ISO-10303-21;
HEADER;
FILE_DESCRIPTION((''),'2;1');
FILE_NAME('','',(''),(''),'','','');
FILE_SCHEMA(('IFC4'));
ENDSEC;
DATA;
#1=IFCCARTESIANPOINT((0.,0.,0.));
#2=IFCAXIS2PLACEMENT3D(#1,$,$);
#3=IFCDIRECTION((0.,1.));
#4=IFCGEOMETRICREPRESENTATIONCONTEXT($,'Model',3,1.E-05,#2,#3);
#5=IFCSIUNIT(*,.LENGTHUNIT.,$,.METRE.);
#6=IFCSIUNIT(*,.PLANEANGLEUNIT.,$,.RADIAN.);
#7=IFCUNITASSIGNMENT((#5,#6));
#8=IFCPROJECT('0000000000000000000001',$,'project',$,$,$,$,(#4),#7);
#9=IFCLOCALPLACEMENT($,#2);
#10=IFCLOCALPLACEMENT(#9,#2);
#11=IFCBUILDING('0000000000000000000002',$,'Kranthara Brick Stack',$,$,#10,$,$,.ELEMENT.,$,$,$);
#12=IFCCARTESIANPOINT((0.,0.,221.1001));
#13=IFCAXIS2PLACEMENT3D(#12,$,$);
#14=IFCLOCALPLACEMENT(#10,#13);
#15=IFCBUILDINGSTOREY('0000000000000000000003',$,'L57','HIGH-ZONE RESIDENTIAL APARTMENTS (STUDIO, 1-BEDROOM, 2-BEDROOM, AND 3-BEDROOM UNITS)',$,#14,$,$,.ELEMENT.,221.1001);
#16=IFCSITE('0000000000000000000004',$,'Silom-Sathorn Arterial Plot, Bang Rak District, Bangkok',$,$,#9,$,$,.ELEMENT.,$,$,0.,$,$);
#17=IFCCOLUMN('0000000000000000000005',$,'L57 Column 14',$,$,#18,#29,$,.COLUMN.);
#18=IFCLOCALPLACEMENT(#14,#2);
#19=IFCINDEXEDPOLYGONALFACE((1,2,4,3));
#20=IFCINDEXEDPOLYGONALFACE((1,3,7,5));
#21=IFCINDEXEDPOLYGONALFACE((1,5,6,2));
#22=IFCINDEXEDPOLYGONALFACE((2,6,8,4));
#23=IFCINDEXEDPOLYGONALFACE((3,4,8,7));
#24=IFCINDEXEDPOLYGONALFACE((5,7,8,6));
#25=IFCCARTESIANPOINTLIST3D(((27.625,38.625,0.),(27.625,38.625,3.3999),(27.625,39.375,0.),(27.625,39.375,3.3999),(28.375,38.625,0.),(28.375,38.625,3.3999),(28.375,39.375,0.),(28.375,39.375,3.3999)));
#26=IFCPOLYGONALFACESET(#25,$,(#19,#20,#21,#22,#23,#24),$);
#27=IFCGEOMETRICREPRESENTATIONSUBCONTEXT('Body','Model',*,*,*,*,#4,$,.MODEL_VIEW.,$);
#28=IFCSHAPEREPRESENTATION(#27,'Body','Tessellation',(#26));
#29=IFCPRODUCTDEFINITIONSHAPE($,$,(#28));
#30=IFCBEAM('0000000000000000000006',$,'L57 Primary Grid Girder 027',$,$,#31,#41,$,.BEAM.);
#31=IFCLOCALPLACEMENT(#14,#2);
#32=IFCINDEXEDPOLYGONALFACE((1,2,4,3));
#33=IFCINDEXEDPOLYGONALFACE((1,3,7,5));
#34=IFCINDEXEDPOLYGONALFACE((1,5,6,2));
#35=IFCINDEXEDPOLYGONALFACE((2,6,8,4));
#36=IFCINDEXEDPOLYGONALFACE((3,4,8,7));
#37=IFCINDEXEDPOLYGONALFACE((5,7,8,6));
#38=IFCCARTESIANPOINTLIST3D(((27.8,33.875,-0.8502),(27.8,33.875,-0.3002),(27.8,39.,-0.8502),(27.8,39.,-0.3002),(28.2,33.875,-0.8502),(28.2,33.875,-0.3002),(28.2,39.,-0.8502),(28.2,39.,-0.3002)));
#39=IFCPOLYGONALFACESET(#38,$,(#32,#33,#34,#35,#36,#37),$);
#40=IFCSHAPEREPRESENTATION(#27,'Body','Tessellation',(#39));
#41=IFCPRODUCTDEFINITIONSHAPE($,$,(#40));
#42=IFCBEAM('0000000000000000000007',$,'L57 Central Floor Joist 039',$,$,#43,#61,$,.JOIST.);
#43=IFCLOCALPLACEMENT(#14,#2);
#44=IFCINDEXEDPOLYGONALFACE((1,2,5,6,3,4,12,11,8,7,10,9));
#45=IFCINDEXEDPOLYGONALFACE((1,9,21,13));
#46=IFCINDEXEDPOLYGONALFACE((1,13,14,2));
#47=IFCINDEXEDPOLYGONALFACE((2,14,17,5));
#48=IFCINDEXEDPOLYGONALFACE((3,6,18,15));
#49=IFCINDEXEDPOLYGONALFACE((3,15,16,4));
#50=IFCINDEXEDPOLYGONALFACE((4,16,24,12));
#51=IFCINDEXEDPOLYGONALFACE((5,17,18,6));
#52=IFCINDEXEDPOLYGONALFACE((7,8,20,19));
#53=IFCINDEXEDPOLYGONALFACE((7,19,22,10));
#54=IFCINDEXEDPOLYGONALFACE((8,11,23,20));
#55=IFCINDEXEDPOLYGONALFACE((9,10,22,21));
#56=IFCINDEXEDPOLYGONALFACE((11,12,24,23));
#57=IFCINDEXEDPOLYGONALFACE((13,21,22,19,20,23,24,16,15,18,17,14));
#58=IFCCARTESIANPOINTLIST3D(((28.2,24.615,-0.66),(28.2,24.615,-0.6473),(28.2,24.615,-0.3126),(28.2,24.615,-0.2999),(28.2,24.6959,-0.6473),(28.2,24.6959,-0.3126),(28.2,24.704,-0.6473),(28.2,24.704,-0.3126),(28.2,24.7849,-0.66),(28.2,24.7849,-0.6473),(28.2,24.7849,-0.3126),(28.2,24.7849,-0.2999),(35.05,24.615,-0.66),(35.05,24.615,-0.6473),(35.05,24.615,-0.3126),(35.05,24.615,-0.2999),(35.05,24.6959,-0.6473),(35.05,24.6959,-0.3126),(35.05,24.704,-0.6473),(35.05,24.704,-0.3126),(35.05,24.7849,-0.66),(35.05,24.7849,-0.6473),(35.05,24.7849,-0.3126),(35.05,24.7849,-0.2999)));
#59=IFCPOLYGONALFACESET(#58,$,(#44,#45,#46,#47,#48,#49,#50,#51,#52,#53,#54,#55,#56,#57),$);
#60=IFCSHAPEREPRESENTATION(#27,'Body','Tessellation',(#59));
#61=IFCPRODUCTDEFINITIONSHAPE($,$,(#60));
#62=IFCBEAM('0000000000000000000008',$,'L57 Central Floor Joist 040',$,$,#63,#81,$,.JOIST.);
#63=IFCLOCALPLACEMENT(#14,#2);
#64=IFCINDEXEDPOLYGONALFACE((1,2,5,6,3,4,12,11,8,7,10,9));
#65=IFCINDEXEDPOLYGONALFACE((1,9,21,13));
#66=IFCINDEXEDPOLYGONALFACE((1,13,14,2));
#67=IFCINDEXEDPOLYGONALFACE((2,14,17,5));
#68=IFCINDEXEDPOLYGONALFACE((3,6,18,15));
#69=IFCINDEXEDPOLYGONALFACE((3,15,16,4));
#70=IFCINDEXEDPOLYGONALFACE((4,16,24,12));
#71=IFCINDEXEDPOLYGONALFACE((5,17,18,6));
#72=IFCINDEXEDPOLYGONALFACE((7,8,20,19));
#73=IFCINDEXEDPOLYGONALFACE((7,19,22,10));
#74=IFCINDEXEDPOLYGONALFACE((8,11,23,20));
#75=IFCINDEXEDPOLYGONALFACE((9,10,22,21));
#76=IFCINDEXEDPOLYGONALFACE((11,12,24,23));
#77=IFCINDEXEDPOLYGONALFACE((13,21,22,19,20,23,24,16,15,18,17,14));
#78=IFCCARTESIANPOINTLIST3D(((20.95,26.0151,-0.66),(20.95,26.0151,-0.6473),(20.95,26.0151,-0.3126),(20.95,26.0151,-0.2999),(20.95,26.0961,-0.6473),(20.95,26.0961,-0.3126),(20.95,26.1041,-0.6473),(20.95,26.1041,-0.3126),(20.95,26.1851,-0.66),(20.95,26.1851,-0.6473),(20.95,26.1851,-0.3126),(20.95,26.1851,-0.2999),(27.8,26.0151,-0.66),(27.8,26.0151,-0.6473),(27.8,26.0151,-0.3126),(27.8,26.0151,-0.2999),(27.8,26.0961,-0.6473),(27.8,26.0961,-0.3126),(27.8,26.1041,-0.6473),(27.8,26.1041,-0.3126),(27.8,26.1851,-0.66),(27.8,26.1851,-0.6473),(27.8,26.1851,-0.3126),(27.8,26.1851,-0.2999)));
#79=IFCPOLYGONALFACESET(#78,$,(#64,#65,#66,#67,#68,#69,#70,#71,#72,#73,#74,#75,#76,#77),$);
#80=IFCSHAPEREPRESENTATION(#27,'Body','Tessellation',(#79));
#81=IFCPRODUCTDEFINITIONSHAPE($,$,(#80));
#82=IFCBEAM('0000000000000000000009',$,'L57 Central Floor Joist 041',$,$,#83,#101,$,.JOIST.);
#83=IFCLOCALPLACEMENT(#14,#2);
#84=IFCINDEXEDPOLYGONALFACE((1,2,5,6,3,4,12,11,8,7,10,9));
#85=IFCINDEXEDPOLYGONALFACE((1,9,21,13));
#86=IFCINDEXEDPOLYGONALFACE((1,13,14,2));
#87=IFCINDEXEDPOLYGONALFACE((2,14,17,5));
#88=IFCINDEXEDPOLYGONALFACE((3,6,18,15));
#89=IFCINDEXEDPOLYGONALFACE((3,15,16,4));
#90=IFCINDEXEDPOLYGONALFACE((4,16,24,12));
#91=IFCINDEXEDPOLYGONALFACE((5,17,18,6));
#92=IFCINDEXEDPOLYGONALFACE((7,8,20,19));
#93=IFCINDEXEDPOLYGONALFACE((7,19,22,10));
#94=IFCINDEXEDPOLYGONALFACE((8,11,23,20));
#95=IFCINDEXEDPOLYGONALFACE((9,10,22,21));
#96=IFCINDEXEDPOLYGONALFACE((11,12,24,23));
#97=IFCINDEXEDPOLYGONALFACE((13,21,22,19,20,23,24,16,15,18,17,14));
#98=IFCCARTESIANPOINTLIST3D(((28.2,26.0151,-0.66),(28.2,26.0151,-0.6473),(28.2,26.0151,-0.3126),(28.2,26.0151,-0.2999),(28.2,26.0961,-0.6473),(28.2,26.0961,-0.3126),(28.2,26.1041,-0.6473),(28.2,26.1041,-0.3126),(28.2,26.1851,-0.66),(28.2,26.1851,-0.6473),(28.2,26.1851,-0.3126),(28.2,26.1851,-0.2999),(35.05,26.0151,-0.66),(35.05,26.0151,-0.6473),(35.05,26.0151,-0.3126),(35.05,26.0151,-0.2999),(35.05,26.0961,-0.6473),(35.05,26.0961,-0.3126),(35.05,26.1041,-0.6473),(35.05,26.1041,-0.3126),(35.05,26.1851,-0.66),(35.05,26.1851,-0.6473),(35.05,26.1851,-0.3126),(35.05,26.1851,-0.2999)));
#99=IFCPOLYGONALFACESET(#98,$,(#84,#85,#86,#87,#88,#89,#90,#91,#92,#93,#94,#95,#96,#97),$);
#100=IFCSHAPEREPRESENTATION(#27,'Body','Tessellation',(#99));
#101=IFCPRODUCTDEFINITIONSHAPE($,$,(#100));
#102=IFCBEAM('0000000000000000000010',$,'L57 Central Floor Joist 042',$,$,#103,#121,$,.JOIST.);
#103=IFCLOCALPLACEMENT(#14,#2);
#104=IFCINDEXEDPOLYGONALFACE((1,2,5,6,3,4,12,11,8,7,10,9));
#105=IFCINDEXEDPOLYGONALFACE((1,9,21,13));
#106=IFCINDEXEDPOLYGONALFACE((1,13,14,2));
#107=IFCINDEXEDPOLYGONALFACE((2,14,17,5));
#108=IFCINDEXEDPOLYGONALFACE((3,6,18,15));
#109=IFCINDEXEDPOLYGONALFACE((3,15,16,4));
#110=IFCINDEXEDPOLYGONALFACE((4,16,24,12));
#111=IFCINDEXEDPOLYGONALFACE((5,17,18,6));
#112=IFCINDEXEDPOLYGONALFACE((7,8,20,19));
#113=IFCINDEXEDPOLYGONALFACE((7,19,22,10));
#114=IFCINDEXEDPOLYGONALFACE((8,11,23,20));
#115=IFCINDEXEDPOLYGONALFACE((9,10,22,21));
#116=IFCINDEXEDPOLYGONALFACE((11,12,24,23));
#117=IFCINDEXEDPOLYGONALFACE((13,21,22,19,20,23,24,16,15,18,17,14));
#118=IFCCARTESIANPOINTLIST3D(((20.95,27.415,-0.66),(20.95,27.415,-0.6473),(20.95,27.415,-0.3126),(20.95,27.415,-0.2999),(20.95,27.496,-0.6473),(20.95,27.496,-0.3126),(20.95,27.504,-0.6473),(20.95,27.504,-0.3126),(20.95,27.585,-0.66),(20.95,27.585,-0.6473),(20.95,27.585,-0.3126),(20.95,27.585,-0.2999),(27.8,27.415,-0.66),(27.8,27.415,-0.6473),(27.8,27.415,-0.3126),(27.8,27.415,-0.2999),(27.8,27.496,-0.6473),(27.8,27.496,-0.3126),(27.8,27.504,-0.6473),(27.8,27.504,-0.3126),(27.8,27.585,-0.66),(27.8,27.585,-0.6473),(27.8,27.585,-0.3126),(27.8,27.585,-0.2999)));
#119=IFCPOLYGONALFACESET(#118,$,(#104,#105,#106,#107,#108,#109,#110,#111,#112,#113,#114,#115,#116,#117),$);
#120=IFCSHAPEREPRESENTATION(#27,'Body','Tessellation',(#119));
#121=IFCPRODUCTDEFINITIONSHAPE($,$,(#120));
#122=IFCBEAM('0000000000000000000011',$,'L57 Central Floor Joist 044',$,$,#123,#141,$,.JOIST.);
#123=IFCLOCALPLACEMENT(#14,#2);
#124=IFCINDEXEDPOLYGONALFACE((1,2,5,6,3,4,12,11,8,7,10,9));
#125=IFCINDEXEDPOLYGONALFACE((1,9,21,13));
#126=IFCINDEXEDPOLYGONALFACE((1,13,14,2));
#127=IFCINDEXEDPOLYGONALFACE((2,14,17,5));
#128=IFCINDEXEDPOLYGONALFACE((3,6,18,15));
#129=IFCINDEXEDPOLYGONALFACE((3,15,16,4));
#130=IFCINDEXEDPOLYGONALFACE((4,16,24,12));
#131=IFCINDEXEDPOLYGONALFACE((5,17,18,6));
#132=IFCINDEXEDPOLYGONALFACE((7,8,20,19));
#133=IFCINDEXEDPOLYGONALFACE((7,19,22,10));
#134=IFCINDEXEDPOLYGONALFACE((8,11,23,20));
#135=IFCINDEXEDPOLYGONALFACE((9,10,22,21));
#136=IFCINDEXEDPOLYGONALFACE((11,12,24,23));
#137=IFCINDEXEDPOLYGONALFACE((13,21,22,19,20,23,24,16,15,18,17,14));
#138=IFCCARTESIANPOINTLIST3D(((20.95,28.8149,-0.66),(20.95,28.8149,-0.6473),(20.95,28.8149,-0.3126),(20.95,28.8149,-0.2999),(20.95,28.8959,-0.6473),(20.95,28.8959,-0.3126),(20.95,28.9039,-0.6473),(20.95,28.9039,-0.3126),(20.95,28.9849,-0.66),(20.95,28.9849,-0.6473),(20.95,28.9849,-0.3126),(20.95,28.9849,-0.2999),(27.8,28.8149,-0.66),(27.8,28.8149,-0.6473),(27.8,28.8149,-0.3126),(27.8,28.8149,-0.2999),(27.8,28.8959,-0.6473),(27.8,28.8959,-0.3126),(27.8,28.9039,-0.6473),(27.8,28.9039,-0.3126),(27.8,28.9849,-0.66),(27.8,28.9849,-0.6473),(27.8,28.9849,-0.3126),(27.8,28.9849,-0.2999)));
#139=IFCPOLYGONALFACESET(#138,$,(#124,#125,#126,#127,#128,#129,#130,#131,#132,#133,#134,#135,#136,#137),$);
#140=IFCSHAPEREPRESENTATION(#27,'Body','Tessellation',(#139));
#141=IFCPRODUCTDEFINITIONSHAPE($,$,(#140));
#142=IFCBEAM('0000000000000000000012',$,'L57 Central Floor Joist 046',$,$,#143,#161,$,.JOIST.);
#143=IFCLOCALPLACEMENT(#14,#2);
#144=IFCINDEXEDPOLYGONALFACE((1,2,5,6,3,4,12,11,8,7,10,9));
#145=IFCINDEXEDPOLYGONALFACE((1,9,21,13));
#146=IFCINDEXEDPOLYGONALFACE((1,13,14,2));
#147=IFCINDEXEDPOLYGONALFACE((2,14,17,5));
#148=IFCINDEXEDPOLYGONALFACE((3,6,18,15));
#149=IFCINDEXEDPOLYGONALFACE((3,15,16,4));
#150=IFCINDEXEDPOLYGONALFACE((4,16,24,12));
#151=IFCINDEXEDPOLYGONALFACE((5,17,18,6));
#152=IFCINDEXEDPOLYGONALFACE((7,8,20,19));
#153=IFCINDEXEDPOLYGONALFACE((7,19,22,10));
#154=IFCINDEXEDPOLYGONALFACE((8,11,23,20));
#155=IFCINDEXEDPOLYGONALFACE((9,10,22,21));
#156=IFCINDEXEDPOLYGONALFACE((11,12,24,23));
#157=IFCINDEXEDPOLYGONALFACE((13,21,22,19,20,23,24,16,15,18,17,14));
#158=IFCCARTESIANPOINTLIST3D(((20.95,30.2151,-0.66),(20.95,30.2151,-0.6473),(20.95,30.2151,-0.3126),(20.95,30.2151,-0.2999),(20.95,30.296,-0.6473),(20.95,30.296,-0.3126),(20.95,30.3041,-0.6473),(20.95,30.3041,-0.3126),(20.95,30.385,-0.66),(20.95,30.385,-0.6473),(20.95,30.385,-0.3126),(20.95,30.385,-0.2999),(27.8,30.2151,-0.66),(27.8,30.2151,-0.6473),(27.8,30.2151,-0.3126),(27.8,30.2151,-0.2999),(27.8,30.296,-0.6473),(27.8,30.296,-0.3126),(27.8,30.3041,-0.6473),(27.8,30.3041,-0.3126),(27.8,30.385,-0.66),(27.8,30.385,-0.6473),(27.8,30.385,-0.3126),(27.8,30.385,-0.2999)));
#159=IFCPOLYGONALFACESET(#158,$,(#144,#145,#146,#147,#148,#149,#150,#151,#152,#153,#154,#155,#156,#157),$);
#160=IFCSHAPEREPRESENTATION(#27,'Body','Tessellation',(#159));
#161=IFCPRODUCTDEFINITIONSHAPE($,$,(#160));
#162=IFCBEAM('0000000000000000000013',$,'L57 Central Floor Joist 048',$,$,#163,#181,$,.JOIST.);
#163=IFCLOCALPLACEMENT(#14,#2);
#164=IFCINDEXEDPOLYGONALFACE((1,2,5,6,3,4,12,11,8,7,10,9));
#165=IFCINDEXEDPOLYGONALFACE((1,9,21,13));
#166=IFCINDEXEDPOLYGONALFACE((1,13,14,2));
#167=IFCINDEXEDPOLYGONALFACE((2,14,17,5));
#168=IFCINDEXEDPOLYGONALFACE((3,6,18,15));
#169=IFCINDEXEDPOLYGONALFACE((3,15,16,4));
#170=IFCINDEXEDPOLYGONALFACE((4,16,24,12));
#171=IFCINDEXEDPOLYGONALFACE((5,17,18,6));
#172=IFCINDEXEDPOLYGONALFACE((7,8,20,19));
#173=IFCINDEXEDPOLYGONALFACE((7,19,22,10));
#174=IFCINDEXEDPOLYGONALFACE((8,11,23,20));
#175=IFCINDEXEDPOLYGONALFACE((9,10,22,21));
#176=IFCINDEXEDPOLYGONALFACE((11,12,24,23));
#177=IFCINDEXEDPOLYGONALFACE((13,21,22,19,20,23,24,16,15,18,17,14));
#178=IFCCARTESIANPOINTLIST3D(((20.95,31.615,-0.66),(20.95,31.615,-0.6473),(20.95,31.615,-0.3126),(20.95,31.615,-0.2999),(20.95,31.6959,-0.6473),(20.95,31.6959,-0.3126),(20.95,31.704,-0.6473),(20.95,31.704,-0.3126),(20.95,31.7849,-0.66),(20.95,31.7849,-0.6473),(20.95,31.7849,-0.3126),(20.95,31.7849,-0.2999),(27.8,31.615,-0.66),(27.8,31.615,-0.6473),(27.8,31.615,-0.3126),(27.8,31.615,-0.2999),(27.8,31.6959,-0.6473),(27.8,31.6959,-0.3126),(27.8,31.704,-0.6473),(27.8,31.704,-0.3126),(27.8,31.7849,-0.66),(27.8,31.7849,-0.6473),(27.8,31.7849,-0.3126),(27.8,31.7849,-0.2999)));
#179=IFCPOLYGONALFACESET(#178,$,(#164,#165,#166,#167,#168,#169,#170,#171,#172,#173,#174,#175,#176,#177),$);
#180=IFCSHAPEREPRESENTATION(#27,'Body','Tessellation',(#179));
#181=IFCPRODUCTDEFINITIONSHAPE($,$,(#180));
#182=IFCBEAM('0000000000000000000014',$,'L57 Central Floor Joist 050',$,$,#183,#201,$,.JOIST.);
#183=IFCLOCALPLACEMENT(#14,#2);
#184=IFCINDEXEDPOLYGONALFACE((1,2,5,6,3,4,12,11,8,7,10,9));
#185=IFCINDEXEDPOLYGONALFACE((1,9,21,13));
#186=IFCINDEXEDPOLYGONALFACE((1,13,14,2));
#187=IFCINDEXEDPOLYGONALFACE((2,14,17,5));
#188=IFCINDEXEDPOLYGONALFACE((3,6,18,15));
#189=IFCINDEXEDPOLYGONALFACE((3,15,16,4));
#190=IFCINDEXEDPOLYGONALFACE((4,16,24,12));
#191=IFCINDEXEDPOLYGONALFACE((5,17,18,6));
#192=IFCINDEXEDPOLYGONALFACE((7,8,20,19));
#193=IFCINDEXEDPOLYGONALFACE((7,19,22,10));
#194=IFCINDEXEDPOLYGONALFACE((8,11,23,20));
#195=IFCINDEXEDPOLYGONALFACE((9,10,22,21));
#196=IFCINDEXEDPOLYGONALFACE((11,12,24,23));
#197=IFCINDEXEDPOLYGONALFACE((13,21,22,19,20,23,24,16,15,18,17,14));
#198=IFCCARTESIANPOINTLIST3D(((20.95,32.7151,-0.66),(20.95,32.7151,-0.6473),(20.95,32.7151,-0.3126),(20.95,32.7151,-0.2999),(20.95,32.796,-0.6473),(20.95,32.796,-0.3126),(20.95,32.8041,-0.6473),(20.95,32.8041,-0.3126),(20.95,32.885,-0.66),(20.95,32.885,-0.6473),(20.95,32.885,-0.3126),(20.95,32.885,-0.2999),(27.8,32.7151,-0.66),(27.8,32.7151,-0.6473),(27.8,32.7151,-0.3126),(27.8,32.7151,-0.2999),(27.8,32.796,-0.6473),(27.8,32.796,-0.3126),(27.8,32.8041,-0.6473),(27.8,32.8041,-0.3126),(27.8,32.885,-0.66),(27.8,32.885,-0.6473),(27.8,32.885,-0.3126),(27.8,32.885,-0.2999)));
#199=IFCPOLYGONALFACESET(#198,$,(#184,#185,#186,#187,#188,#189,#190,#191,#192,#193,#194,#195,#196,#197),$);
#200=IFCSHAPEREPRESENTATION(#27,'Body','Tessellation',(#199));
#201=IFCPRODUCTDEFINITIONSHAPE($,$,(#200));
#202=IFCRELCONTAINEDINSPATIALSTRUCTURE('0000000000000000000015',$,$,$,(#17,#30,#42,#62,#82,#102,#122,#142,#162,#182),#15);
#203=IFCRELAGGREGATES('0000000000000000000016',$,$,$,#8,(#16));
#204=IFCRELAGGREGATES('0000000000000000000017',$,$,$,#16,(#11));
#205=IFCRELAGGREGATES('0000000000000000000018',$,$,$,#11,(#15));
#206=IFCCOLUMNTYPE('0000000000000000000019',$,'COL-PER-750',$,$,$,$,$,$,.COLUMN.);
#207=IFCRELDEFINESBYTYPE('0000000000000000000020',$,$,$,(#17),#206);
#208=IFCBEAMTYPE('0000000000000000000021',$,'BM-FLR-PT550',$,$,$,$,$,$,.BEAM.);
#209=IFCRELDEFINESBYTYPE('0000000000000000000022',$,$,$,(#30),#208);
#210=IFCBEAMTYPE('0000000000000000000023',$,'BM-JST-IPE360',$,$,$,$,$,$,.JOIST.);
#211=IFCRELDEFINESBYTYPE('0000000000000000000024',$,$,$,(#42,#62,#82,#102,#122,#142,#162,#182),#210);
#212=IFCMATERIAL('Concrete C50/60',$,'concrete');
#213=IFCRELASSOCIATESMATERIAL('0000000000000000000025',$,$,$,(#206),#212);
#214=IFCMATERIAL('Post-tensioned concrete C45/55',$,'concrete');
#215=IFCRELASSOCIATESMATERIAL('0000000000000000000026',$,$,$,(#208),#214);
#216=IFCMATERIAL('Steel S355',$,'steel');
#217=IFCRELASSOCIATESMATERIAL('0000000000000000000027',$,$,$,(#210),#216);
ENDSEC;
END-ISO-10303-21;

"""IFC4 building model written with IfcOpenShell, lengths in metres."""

from ifc_helpers import new_model, si_unit, direction, frame, origin, origin_2d, place, context, subcontext, project, spatial, rectangle, i_section, extrude, material, material_profile, profile_set, type_object, element, save


model = new_model("IFC4")

# Units and contexts
model_context = context("Model", 3, precision=1e-05, world=origin(), true_north=direction((0.0, 1.0)))
body_context = subcontext(model_context, "Body", "Model", "MODEL_VIEW")
ifc_project = project(units=[si_unit("LENGTHUNIT", "METRE"), si_unit("PLANEANGLEUNIT", "RADIAN")], contexts=[model_context])

# Site, building, storey
site_placement = place(None, origin())
site = spatial("IfcSite", under=ifc_project, at=site_placement, Name="Silom-Sathorn Arterial Plot, Bang Rak District, Bangkok", CompositionType="ELEMENT", RefElevation=0.0)
building_placement = place(site_placement, origin())
building = spatial("IfcBuilding", under=site, at=building_placement, Name="Kranthara Brick Stack", CompositionType="ELEMENT")
storey_placement = place(building_placement, frame((0.0, 0.0, 221.1001)))
storey = spatial("IfcBuildingStorey", under=building, at=storey_placement, Name="L57", Description="HIGH-ZONE RESIDENTIAL APARTMENTS (STUDIO, 1-BEDROOM, 2-BEDROOM, AND 3-BEDROOM UNITS)", CompositionType="ELEMENT", Elevation=221.1001)

# Column
ifc_material_1 = material(Name="Concrete C50/60", Category="concrete")
ifc_material_profile_1 = material_profile(ifc_material_1, rectangle(XDim=0.75, YDim=0.75, at=origin_2d()), Name="RC 750x750")
ifc_profile_set_1 = profile_set([ifc_material_profile_1], Name="Concrete C50/60")
column_type = type_object("IfcColumnType", Name="COL-PER-750", PredefinedType="COLUMN", material=ifc_profile_set_1)
column_placement = place(storey_placement, frame((28.0, 39.0, 0.0), z_axis=(0.0, 0.0, 1.0), x_axis=(1.0, 0.0, 0.0)))
element("IfcColumn", 1, at=column_placement, inside=storey, type_object=column_type, Name="L57 Column 14", PredefinedType="COLUMN", context=body_context, shape_type="SweptSolid", body=[
    extrude(rectangle(XDim=0.75, YDim=0.75, at=origin_2d()), origin(), (0.0, 0.0, 1.0), 3.3999),
])

# Beams
ifc_material_2 = material(Name="Post-tensioned concrete C45/55", Category="concrete")
ifc_material_profile_2 = material_profile(ifc_material_2, rectangle(XDim=0.3999, YDim=0.55, at=origin_2d()), Name="PT 400x550")
ifc_profile_set_2 = profile_set([ifc_material_profile_2], Name="Post-tensioned concrete C45/55")
beam_type_1 = type_object("IfcBeamType", Name="BM-FLR-PT550", PredefinedType="BEAM", material=ifc_profile_set_2)
beam_1_placement = place(storey_placement, frame((28.0, 33.875, -0.5752), z_axis=(0.0, 1.0, 0.0), x_axis=(-1.0, 0.0, 0.0)))
element("IfcBeam", 2, at=beam_1_placement, inside=storey, type_object=beam_type_1, Name="L57 Primary Grid Girder 027", PredefinedType="BEAM", context=body_context, shape_type="SweptSolid", body=[
    extrude(rectangle(XDim=0.3999, YDim=0.55, at=origin_2d()), origin(), (0.0, 0.0, 1.0), 5.125),
])
ifc_material_3 = material(Name="Steel S355", Category="steel")
ifc_material_profile_3 = material_profile(ifc_material_3, i_section(OverallWidth=0.1699, OverallDepth=0.3601, WebThickness=0.0081, FlangeThickness=0.0127, at=origin_2d()), Name="IPE 360")
ifc_profile_set_3 = profile_set([ifc_material_profile_3], Name="Steel S355")
beam_type_2 = type_object("IfcBeamType", Name="BM-JST-IPE360", PredefinedType="JOIST", material=ifc_profile_set_3)
for number, where, z_axis, x_axis, name in (
    (3, (28.2, 24.7, -0.48), (1.0, 0.0, 0.0), (0.0, 1.0, 0.0), "L57 Central Floor Joist 039"),
    (4, (20.95, 26.1001, -0.48), (1.0, 0.0, 0.0), (0.0, 1.0, 0.0), "L57 Central Floor Joist 040"),
    (5, (28.2, 26.1001, -0.48), (1.0, 0.0, 0.0), (0.0, 1.0, 0.0), "L57 Central Floor Joist 041"),
    (6, (20.95, 27.5, -0.48), (1.0, 0.0, 0.0), (0.0, 1.0, 0.0), "L57 Central Floor Joist 042"),
    (7, (20.95, 28.8999, -0.48), (1.0, 0.0, 0.0), (0.0, 1.0, 0.0), "L57 Central Floor Joist 044"),
    (8, (20.95, 30.3, -0.48), (1.0, 0.0, 0.0), (0.0, 1.0, 0.0), "L57 Central Floor Joist 046"),
    (9, (20.95, 31.7, -0.48), (1.0, 0.0, 0.0), (0.0, 1.0, 0.0), "L57 Central Floor Joist 048"),
    (10, (20.95, 32.8, -0.48), (1.0, 0.0, 0.0), (0.0, 1.0, 0.0), "L57 Central Floor Joist 050"),
):
    element("IfcBeam", number, at=place(storey_placement, frame(where, z_axis=z_axis, x_axis=x_axis)), inside=storey, type_object=beam_type_2, Name=name, PredefinedType="JOIST", context=body_context, shape_type="SweptSolid", body=[
        extrude(i_section(OverallWidth=0.1699, OverallDepth=0.3601, WebThickness=0.0081, FlangeThickness=0.0127, at=origin_2d()), origin(), (0.0, 0.0, 1.0), 6.8501),
    ])

save(model, "model.ifc")
